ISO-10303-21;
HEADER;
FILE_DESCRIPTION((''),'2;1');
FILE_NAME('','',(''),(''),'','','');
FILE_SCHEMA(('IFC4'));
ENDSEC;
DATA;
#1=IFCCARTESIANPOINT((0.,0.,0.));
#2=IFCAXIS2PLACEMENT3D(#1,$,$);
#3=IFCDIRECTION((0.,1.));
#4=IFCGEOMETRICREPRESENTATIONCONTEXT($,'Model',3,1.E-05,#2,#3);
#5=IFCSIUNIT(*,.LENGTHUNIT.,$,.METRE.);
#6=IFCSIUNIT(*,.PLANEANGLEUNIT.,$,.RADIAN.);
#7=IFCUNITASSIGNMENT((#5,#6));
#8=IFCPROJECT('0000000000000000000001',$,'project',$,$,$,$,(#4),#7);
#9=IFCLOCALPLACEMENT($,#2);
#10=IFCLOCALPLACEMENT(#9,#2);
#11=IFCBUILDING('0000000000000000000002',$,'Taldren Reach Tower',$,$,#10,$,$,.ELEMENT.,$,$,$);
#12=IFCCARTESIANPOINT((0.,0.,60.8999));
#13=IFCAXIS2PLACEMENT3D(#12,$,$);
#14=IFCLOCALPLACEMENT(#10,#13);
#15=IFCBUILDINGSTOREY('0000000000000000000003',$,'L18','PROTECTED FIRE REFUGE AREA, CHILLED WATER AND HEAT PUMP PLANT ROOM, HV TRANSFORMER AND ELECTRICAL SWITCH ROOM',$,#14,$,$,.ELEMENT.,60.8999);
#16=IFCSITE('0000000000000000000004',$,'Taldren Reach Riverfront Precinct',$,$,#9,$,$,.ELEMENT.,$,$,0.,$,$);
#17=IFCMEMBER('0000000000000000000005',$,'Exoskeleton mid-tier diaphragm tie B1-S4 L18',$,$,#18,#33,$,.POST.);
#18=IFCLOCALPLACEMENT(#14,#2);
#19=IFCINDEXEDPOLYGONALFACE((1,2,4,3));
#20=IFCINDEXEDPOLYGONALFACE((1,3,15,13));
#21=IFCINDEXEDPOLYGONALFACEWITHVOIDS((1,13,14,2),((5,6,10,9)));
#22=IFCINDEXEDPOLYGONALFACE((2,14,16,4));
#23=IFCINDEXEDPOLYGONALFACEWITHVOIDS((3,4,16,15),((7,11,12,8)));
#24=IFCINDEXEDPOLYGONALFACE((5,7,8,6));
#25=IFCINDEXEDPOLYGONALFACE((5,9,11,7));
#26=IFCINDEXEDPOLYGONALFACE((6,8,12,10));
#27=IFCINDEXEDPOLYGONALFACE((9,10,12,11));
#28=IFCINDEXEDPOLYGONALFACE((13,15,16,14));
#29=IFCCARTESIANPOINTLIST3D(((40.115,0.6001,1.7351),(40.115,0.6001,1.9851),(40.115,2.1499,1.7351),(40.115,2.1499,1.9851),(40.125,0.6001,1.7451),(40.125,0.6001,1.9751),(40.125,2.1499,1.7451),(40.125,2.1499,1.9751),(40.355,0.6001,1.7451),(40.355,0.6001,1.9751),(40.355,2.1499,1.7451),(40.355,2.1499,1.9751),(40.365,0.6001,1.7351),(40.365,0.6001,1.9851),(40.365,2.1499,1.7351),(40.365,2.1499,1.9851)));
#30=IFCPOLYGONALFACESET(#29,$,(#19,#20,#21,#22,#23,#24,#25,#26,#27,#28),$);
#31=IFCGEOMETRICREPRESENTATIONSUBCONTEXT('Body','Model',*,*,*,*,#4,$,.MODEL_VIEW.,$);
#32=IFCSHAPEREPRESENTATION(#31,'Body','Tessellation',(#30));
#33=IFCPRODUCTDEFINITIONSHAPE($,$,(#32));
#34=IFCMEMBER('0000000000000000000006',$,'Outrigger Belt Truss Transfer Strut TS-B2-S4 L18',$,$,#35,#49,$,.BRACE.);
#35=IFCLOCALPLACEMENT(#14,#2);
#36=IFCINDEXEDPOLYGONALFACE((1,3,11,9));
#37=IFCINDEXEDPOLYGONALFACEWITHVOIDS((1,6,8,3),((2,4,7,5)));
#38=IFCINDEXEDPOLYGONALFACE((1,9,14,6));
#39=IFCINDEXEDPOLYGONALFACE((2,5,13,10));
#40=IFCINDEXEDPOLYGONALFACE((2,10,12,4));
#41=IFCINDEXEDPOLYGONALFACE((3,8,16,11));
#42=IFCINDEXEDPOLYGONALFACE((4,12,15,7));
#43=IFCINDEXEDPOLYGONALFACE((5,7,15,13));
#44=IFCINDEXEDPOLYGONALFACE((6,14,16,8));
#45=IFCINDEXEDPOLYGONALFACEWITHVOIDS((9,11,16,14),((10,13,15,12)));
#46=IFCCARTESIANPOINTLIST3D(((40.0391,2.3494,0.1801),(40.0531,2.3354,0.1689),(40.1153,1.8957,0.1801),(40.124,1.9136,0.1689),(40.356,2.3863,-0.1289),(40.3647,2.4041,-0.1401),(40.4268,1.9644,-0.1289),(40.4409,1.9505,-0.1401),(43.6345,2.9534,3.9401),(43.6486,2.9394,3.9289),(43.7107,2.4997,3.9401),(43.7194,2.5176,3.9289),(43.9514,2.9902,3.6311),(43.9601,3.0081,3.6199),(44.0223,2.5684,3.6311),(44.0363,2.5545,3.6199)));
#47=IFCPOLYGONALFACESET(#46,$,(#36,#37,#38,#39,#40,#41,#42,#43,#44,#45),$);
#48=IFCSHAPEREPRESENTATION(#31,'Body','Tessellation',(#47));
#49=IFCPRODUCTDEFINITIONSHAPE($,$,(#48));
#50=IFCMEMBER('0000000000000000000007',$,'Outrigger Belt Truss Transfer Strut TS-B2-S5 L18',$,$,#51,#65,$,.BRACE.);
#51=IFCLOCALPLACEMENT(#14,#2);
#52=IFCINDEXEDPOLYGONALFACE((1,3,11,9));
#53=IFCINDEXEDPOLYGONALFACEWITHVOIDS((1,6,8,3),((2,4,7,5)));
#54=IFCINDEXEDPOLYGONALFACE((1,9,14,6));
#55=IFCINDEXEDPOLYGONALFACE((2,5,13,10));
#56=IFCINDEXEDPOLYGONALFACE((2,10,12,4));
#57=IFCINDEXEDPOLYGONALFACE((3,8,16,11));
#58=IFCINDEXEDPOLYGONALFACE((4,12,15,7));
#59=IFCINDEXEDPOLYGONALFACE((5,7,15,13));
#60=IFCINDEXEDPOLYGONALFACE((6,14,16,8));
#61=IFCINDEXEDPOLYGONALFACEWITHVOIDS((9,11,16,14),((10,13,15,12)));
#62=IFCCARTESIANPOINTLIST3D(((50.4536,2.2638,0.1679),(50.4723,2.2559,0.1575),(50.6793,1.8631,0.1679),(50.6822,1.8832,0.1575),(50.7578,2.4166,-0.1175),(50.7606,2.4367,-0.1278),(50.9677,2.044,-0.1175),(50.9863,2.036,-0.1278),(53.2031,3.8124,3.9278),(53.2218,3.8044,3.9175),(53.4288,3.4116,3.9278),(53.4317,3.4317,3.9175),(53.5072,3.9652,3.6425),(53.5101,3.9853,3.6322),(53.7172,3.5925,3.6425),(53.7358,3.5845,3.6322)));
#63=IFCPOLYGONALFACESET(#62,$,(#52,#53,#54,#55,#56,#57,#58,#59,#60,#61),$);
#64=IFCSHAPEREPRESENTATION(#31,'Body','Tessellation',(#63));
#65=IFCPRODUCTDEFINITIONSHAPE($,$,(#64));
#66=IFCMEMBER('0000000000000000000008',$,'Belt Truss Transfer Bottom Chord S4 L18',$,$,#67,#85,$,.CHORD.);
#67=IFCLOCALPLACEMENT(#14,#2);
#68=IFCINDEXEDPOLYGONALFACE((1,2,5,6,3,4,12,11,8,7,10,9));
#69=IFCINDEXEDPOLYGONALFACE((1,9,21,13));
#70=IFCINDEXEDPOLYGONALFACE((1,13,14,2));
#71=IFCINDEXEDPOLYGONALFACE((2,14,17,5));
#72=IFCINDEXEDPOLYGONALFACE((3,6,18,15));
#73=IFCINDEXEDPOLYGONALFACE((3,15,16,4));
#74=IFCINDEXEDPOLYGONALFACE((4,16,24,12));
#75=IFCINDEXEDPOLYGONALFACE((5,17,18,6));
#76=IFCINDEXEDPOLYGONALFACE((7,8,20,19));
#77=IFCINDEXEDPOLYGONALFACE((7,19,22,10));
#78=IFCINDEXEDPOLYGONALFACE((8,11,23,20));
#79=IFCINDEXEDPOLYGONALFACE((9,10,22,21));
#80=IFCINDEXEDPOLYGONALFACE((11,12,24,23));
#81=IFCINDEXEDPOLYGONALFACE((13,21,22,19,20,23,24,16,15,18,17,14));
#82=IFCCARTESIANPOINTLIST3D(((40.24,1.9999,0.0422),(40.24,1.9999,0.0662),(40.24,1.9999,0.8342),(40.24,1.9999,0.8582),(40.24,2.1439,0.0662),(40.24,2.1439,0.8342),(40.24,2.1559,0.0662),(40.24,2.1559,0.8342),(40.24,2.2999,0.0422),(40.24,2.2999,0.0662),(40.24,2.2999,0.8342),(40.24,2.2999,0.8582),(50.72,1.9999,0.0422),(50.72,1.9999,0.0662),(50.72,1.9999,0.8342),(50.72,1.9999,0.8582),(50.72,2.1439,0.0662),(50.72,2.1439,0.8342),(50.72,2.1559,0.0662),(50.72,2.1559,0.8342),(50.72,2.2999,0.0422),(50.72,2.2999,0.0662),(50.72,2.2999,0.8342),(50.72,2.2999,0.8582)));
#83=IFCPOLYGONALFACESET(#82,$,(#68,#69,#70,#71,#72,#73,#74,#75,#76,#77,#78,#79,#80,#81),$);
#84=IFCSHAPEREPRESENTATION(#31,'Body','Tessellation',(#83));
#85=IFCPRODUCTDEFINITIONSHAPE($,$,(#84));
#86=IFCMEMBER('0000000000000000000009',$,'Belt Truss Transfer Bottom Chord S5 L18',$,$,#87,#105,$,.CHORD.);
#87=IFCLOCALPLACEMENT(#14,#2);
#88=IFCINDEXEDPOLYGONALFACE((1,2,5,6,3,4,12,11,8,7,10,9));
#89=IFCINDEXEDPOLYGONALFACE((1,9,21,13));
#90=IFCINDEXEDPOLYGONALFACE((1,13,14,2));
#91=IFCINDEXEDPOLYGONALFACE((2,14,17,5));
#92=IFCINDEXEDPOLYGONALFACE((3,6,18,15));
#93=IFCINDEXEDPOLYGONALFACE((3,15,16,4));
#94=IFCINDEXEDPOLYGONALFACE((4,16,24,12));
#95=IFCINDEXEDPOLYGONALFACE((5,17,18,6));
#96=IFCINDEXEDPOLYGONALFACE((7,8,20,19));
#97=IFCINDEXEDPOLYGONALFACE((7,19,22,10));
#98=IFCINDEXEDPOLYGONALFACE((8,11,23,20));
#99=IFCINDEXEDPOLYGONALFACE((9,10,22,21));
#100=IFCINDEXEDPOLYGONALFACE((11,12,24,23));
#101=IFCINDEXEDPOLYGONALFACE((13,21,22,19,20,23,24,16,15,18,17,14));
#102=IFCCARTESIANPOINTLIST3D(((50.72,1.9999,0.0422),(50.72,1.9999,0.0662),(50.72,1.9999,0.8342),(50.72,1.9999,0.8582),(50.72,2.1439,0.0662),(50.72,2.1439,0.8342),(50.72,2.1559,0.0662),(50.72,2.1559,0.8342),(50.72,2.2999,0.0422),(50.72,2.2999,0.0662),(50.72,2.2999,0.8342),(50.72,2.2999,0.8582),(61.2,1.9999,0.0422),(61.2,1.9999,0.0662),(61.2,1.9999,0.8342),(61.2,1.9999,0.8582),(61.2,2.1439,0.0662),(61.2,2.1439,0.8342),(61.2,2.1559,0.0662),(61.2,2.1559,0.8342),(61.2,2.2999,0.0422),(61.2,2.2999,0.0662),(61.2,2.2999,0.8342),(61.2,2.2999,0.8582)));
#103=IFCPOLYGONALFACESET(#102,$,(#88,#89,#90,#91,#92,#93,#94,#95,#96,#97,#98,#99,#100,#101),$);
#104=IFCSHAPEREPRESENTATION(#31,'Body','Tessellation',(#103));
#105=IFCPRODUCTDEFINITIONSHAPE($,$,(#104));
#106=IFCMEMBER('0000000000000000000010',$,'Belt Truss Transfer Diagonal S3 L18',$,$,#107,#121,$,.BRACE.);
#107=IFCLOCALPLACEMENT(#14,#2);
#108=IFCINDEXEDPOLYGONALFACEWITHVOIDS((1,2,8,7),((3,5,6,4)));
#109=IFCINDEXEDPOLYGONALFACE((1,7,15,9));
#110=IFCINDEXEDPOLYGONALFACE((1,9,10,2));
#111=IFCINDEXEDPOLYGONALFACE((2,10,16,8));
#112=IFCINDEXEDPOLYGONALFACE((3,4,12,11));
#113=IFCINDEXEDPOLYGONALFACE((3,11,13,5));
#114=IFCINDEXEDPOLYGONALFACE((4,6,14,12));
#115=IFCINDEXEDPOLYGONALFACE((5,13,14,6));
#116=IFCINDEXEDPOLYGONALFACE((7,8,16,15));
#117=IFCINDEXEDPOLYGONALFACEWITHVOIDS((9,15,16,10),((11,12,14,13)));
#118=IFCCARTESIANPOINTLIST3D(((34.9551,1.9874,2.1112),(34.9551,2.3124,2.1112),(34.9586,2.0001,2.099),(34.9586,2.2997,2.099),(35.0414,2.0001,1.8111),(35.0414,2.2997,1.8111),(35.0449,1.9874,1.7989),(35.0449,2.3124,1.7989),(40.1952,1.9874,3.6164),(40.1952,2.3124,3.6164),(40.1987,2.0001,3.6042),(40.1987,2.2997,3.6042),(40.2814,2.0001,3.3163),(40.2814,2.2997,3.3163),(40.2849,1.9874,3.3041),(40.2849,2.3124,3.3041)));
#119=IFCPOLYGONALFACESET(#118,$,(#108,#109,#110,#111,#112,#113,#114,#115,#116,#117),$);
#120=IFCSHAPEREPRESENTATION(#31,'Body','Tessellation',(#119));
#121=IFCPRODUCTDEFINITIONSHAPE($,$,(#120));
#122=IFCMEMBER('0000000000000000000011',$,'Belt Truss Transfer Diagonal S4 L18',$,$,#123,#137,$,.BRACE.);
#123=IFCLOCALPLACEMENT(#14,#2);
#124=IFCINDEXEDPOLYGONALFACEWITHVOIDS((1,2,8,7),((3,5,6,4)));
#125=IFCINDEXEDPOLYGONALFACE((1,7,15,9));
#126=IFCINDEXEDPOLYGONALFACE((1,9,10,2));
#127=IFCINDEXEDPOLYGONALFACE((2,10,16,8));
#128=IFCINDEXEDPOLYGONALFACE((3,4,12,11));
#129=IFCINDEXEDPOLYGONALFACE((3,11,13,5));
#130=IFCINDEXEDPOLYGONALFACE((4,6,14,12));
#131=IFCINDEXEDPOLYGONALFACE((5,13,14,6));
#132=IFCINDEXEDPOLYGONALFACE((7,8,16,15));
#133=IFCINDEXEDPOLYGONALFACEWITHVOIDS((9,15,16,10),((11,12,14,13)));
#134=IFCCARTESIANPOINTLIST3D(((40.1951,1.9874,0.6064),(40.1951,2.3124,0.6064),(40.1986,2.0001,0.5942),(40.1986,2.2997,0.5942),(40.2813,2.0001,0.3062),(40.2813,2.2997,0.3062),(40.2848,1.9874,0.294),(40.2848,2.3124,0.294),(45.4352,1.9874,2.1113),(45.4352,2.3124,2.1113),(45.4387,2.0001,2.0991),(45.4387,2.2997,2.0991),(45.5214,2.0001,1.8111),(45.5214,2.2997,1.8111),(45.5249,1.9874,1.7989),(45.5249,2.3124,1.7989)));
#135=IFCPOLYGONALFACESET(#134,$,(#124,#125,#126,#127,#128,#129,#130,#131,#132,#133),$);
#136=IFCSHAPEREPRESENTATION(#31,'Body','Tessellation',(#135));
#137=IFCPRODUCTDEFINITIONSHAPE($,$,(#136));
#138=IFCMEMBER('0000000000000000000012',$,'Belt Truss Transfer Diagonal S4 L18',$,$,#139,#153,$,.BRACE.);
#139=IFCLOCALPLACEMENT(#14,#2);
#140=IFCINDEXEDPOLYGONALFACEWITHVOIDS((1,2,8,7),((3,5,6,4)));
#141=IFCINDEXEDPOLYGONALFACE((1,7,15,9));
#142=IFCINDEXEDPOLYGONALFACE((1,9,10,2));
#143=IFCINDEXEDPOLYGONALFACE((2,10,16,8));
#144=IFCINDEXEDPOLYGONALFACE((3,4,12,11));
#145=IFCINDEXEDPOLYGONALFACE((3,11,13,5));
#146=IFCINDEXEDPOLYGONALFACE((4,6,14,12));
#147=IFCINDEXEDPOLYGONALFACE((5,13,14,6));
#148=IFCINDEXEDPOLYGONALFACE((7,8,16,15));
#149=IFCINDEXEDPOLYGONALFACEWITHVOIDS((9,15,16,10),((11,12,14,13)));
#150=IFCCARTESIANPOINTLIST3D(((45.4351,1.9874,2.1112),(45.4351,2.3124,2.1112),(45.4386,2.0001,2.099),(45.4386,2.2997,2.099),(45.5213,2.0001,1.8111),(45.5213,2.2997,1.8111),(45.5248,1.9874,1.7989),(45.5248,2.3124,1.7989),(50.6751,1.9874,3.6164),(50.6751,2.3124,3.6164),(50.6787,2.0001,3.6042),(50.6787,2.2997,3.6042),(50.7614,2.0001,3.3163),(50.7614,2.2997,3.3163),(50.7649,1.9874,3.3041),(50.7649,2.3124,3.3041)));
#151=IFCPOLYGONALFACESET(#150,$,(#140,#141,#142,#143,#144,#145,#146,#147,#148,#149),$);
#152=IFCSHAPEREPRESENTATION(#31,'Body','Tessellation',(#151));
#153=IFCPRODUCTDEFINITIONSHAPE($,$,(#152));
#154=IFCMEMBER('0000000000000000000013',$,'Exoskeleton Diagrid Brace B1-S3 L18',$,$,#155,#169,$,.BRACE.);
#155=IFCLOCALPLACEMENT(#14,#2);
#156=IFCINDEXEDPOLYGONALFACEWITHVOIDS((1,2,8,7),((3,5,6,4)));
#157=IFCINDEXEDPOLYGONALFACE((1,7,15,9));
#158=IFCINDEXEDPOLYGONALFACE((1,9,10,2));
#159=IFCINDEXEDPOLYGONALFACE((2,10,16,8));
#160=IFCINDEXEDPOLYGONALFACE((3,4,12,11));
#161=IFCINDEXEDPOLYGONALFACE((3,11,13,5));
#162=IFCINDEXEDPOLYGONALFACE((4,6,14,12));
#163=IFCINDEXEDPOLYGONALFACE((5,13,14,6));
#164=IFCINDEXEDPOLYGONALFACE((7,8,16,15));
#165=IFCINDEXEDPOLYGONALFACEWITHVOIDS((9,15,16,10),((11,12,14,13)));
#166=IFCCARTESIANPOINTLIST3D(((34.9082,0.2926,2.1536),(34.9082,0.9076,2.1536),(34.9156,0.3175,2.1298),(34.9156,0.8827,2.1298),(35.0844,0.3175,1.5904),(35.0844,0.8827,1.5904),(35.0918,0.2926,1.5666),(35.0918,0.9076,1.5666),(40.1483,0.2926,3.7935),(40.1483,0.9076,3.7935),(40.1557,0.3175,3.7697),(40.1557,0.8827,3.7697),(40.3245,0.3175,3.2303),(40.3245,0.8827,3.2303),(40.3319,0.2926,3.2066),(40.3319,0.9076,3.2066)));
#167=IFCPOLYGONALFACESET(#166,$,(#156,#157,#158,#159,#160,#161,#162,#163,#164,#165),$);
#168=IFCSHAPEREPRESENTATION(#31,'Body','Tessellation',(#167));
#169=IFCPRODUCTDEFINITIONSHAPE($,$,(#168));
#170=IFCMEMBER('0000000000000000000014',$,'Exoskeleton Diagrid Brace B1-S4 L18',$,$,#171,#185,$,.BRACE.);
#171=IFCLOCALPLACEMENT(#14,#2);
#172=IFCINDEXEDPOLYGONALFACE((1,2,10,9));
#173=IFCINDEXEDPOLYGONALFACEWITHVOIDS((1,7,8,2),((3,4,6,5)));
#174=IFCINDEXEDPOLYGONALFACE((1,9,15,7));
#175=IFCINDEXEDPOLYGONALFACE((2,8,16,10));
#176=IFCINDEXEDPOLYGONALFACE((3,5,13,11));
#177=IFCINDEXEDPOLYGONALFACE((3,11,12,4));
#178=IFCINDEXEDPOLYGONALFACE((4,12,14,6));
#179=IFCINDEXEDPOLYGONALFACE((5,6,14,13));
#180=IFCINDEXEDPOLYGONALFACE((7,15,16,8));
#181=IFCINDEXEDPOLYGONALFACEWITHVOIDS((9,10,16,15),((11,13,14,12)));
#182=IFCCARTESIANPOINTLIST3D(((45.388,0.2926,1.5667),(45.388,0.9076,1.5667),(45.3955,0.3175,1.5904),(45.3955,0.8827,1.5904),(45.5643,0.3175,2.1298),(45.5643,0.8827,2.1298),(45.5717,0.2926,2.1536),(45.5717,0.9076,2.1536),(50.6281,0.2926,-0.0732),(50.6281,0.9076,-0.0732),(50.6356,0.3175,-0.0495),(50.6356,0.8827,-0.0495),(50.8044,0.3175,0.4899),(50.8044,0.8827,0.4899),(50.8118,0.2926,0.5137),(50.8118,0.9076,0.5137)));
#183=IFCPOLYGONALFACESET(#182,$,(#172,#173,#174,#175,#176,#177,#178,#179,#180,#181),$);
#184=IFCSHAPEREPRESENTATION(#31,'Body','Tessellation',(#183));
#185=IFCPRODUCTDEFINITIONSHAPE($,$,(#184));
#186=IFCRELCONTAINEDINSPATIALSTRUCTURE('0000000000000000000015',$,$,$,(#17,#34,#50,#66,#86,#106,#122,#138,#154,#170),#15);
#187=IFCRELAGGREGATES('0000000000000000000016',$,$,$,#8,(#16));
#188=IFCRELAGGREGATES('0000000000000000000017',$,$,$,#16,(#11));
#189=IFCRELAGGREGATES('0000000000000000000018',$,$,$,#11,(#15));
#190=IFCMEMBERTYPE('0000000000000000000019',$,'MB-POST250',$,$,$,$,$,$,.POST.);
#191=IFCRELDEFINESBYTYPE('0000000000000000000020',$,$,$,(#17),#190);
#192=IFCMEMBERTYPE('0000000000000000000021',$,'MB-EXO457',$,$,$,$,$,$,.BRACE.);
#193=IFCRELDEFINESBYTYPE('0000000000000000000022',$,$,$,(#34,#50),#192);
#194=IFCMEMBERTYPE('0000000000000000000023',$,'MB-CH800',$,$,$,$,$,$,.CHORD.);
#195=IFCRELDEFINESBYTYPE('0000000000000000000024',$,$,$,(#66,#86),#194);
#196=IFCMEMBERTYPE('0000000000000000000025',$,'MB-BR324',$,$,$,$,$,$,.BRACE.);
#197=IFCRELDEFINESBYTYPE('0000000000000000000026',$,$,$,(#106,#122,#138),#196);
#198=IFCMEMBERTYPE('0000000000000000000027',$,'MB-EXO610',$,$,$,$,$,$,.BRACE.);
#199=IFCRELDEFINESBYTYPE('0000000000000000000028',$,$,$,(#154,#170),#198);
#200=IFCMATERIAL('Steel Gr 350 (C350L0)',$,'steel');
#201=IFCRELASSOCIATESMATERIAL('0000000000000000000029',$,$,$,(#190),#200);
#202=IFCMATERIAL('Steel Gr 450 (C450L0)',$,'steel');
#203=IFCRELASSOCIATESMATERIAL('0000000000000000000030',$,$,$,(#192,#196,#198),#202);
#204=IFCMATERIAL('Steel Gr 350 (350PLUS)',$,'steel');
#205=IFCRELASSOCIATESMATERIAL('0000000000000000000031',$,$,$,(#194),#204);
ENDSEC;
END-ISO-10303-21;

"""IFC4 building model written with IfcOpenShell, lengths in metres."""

from ifc_helpers import new_model, si_unit, direction, frame, origin, origin_2d, place, context, subcontext, project, spatial, hollow_rectangle, i_section, extrude, source, transform, mapped, material, material_profile, profile_set, type_object, element, save


model = new_model("IFC4")

# Units and contexts
model_context = context("Model", 3, precision=1e-05, world=origin(), true_north=direction((0.0, 1.0)))
body_context = subcontext(model_context, "Body", "Model", "MODEL_VIEW")
ifc_project = project(units=[si_unit("LENGTHUNIT", "METRE"), si_unit("PLANEANGLEUNIT", "RADIAN")], contexts=[model_context])

# Site, building, storey
site_placement = place(None, origin())
site = spatial("IfcSite", under=ifc_project, at=site_placement, Name="Taldren Reach Riverfront Precinct", CompositionType="ELEMENT", RefElevation=0.0)
building_placement = place(site_placement, origin())
building = spatial("IfcBuilding", under=site, at=building_placement, Name="Taldren Reach Tower", CompositionType="ELEMENT")
storey_placement = place(building_placement, frame((0.0, 0.0, 60.8999)))
storey = spatial("IfcBuildingStorey", under=building, at=storey_placement, Name="L18", Description="PROTECTED FIRE REFUGE AREA, CHILLED WATER AND HEAT PUMP PLANT ROOM, HV TRANSFORMER AND ELECTRICAL SWITCH ROOM", CompositionType="ELEMENT", Elevation=60.8999)

# Shared definitions
ifc_material_1 = material(Name="Steel Gr 350 (350PLUS)", Category="steel")

# Members
ifc_material_2 = material(Name="Steel Gr 450 (C450L0)", Category="steel")
ifc_material_3 = material(Name="Steel Gr 350 (C350L0)", Category="steel")
ifc_material_profile_1 = material_profile(ifc_material_3, hollow_rectangle(XDim=0.25, YDim=0.25, WallThickness=0.01, at=origin_2d()), Name="250x250x10.0SHS")
ifc_profile_set_1 = profile_set([ifc_material_profile_1], Name="Steel Gr 350 (C350L0)")
member_type_1 = type_object("IfcMemberType", Name="MB-POST250", PredefinedType="POST", material=ifc_profile_set_1)
shared_shape_1 = source(origin(), body_context, "Body", "SweptSolid", [
    extrude(hollow_rectangle(XDim=0.25, YDim=0.25, WallThickness=0.01, at=origin_2d()), origin(), (0.0, 0.0, 1.0), 1.5498),
])
for number, where, z_axis, x_axis, name in (
    (1, (40.24, 2.1499, 1.8601), (0.0, -1.0, 0.0), (1.0, 0.0, 0.0), "Exoskeleton mid-tier diaphragm tie B1-S4 L18"),
):
    element("IfcMember", number, at=place(storey_placement, frame(where, z_axis=z_axis, x_axis=x_axis)), inside=storey, type_object=member_type_1, Name=name, PredefinedType="POST", context=body_context, shape_type="MappedRepresentation", body=[
        mapped(shared_shape_1, transform((0.0, 0.0, 0.0), scale=1.0)),
    ])
ifc_material_profile_2 = material_profile(ifc_material_2, hollow_rectangle(XDim=0.46, YDim=0.46, WallThickness=0.0161, at=origin_2d()), Name="460x460x16.0SHS")
ifc_profile_set_2 = profile_set([ifc_material_profile_2], Name="Steel Gr 450 (C450L0)")
member_type_2 = type_object("IfcMemberType", Name="MB-EXO457", PredefinedType="BRACE", material=ifc_profile_set_2)
shared_shape_2 = source(origin(), body_context, "Body", "SweptSolid", [
    extrude(hollow_rectangle(XDim=0.46, YDim=0.46, WallThickness=0.0161, at=origin_2d()), origin(), (0.0, 0.0, 1.0), 5.2373),
])
member_1_placement = place(storey_placement, frame((40.24, 2.1499, 0.02), z_axis=(0.686504, 0.115326, 0.717922), x_axis=(-0.165669, 0.986181, 0.0)))
element("IfcMember", 2, at=member_1_placement, inside=storey, type_object=member_type_2, Name="Outrigger Belt Truss Transfer Strut TS-B2-S4 L18", PredefinedType="BRACE", context=body_context, shape_type="MappedRepresentation", body=[
    mapped(shared_shape_2, transform((0.0, 0.0, 0.0), scale=1.0)),
])
shared_shape_3 = source(origin(), body_context, "Body", "SweptSolid", [
    extrude(hollow_rectangle(XDim=0.46, YDim=0.46, WallThickness=0.0161, at=origin_2d()), origin(), (0.0, 0.0, 1.0), 4.9087),
])
member_2_placement = place(storey_placement, frame((50.72, 2.1499, 0.02), z_axis=(0.560127, 0.315476, 0.765985), x_axis=(-0.490739, 0.871307, 0.0)))
element("IfcMember", 3, at=member_2_placement, inside=storey, type_object=member_type_2, Name="Outrigger Belt Truss Transfer Strut TS-B2-S5 L18", PredefinedType="BRACE", context=body_context, shape_type="MappedRepresentation", body=[
    mapped(shared_shape_3, transform((0.0, 0.0, 0.0), scale=1.0)),
])
ifc_material_profile_3 = material_profile(ifc_material_1, i_section(OverallWidth=0.3, OverallDepth=0.8159, WebThickness=0.012, FlangeThickness=0.0239, at=origin_2d()), Name="800WB192")
ifc_profile_set_3 = profile_set([ifc_material_profile_3], Name="Steel Gr 350 (350PLUS)")
member_type_3 = type_object("IfcMemberType", Name="MB-CH800", PredefinedType="CHORD", material=ifc_profile_set_3)
shared_shape_4 = source(origin(), body_context, "Body", "SweptSolid", [
    extrude(i_section(OverallWidth=0.3, OverallDepth=0.8159, WebThickness=0.012, FlangeThickness=0.0239, at=origin_2d()), origin(), (0.0, 0.0, 1.0), 10.48),
])
for number, where, z_axis, x_axis, name in (
    (4, (40.24, 2.1499, 0.4502), (1.0, 0.0, 0.0), (0.0, 1.0, 0.0), "Belt Truss Transfer Bottom Chord S4 L18"),
    (5, (50.72, 2.1499, 0.4502), (1.0, 0.0, 0.0), (0.0, 1.0, 0.0), "Belt Truss Transfer Bottom Chord S5 L18"),
):
    element("IfcMember", number, at=place(storey_placement, frame(where, z_axis=z_axis, x_axis=x_axis)), inside=storey, type_object=member_type_3, Name=name, PredefinedType="CHORD", context=body_context, shape_type="MappedRepresentation", body=[
        mapped(shared_shape_4, transform((0.0, 0.0, 0.0), scale=1.0)),
    ])
ifc_material_profile_4 = material_profile(ifc_material_2, hollow_rectangle(XDim=0.325, YDim=0.325, WallThickness=0.0127, at=origin_2d()), Name="325x325x12.7SHS")
ifc_profile_set_4 = profile_set([ifc_material_profile_4], Name="Steel Gr 450 (C450L0)")
member_type_4 = type_object("IfcMemberType", Name="MB-BR324", PredefinedType="BRACE", material=ifc_profile_set_4)
shared_shape_5 = source(origin(), body_context, "Body", "SweptSolid", [
    extrude(hollow_rectangle(XDim=0.325, YDim=0.325, WallThickness=0.0127, at=origin_2d()), origin(), (0.0, 0.0, 1.0), 5.4519),
])
for number, where, z_axis, x_axis, name in (
    (6, (35.0, 2.1499, 1.9551), (0.961136, 0.0, 0.276075), (0.0, 1.0, 0.0), "Belt Truss Transfer Diagonal S3 L18"),
    (7, (40.24, 2.1499, 0.4502), (0.961148, 0.0, 0.276034), (0.0, 1.0, 0.0), "Belt Truss Transfer Diagonal S4 L18"),
    (8, (45.48, 2.1499, 1.9551), (0.961136, 0.0, 0.276075), (0.0, 1.0, 0.0), "Belt Truss Transfer Diagonal S4 L18"),
):
    element("IfcMember", number, at=place(storey_placement, frame(where, z_axis=z_axis, x_axis=x_axis)), inside=storey, type_object=member_type_4, Name=name, PredefinedType="BRACE", context=body_context, shape_type="MappedRepresentation", body=[
        mapped(shared_shape_5, transform((0.0, 0.0, 0.0), scale=1.0)),
    ])
ifc_material_profile_5 = material_profile(ifc_material_2, hollow_rectangle(XDim=0.615, YDim=0.615, WallThickness=0.0249, at=origin_2d()), Name="615x615x25.0SHS")
ifc_profile_set_5 = profile_set([ifc_material_profile_5], Name="Steel Gr 450 (C450L0)")
member_type_5 = type_object("IfcMemberType", Name="MB-EXO610", PredefinedType="BRACE", material=ifc_profile_set_5)
shared_shape_6 = source(origin(), body_context, "Body", "SweptSolid", [
    extrude(hollow_rectangle(XDim=0.615, YDim=0.615, WallThickness=0.0249, at=origin_2d()), origin(), (0.0, 0.0, 1.0), 5.4907),
])
for number, where, z_axis, x_axis, name in (
    (9, (35.0, 0.6001, 1.8601), (0.954356, 0.0, 0.298672), (0.0, 1.0, 0.0), "Exoskeleton Diagrid Brace B1-S3 L18"),
    (10, (50.72, 0.6001, 0.2202), (-0.954356, 0.0, 0.298672), (0.0, -1.0, 0.0), "Exoskeleton Diagrid Brace B1-S4 L18"),
):
    element("IfcMember", number, at=place(storey_placement, frame(where, z_axis=z_axis, x_axis=x_axis)), inside=storey, type_object=member_type_5, Name=name, PredefinedType="BRACE", context=body_context, shape_type="MappedRepresentation", body=[
        mapped(shared_shape_6, transform((0.0, 0.0, 0.0), scale=1.0)),
    ])

save(model, "model.ifc")
